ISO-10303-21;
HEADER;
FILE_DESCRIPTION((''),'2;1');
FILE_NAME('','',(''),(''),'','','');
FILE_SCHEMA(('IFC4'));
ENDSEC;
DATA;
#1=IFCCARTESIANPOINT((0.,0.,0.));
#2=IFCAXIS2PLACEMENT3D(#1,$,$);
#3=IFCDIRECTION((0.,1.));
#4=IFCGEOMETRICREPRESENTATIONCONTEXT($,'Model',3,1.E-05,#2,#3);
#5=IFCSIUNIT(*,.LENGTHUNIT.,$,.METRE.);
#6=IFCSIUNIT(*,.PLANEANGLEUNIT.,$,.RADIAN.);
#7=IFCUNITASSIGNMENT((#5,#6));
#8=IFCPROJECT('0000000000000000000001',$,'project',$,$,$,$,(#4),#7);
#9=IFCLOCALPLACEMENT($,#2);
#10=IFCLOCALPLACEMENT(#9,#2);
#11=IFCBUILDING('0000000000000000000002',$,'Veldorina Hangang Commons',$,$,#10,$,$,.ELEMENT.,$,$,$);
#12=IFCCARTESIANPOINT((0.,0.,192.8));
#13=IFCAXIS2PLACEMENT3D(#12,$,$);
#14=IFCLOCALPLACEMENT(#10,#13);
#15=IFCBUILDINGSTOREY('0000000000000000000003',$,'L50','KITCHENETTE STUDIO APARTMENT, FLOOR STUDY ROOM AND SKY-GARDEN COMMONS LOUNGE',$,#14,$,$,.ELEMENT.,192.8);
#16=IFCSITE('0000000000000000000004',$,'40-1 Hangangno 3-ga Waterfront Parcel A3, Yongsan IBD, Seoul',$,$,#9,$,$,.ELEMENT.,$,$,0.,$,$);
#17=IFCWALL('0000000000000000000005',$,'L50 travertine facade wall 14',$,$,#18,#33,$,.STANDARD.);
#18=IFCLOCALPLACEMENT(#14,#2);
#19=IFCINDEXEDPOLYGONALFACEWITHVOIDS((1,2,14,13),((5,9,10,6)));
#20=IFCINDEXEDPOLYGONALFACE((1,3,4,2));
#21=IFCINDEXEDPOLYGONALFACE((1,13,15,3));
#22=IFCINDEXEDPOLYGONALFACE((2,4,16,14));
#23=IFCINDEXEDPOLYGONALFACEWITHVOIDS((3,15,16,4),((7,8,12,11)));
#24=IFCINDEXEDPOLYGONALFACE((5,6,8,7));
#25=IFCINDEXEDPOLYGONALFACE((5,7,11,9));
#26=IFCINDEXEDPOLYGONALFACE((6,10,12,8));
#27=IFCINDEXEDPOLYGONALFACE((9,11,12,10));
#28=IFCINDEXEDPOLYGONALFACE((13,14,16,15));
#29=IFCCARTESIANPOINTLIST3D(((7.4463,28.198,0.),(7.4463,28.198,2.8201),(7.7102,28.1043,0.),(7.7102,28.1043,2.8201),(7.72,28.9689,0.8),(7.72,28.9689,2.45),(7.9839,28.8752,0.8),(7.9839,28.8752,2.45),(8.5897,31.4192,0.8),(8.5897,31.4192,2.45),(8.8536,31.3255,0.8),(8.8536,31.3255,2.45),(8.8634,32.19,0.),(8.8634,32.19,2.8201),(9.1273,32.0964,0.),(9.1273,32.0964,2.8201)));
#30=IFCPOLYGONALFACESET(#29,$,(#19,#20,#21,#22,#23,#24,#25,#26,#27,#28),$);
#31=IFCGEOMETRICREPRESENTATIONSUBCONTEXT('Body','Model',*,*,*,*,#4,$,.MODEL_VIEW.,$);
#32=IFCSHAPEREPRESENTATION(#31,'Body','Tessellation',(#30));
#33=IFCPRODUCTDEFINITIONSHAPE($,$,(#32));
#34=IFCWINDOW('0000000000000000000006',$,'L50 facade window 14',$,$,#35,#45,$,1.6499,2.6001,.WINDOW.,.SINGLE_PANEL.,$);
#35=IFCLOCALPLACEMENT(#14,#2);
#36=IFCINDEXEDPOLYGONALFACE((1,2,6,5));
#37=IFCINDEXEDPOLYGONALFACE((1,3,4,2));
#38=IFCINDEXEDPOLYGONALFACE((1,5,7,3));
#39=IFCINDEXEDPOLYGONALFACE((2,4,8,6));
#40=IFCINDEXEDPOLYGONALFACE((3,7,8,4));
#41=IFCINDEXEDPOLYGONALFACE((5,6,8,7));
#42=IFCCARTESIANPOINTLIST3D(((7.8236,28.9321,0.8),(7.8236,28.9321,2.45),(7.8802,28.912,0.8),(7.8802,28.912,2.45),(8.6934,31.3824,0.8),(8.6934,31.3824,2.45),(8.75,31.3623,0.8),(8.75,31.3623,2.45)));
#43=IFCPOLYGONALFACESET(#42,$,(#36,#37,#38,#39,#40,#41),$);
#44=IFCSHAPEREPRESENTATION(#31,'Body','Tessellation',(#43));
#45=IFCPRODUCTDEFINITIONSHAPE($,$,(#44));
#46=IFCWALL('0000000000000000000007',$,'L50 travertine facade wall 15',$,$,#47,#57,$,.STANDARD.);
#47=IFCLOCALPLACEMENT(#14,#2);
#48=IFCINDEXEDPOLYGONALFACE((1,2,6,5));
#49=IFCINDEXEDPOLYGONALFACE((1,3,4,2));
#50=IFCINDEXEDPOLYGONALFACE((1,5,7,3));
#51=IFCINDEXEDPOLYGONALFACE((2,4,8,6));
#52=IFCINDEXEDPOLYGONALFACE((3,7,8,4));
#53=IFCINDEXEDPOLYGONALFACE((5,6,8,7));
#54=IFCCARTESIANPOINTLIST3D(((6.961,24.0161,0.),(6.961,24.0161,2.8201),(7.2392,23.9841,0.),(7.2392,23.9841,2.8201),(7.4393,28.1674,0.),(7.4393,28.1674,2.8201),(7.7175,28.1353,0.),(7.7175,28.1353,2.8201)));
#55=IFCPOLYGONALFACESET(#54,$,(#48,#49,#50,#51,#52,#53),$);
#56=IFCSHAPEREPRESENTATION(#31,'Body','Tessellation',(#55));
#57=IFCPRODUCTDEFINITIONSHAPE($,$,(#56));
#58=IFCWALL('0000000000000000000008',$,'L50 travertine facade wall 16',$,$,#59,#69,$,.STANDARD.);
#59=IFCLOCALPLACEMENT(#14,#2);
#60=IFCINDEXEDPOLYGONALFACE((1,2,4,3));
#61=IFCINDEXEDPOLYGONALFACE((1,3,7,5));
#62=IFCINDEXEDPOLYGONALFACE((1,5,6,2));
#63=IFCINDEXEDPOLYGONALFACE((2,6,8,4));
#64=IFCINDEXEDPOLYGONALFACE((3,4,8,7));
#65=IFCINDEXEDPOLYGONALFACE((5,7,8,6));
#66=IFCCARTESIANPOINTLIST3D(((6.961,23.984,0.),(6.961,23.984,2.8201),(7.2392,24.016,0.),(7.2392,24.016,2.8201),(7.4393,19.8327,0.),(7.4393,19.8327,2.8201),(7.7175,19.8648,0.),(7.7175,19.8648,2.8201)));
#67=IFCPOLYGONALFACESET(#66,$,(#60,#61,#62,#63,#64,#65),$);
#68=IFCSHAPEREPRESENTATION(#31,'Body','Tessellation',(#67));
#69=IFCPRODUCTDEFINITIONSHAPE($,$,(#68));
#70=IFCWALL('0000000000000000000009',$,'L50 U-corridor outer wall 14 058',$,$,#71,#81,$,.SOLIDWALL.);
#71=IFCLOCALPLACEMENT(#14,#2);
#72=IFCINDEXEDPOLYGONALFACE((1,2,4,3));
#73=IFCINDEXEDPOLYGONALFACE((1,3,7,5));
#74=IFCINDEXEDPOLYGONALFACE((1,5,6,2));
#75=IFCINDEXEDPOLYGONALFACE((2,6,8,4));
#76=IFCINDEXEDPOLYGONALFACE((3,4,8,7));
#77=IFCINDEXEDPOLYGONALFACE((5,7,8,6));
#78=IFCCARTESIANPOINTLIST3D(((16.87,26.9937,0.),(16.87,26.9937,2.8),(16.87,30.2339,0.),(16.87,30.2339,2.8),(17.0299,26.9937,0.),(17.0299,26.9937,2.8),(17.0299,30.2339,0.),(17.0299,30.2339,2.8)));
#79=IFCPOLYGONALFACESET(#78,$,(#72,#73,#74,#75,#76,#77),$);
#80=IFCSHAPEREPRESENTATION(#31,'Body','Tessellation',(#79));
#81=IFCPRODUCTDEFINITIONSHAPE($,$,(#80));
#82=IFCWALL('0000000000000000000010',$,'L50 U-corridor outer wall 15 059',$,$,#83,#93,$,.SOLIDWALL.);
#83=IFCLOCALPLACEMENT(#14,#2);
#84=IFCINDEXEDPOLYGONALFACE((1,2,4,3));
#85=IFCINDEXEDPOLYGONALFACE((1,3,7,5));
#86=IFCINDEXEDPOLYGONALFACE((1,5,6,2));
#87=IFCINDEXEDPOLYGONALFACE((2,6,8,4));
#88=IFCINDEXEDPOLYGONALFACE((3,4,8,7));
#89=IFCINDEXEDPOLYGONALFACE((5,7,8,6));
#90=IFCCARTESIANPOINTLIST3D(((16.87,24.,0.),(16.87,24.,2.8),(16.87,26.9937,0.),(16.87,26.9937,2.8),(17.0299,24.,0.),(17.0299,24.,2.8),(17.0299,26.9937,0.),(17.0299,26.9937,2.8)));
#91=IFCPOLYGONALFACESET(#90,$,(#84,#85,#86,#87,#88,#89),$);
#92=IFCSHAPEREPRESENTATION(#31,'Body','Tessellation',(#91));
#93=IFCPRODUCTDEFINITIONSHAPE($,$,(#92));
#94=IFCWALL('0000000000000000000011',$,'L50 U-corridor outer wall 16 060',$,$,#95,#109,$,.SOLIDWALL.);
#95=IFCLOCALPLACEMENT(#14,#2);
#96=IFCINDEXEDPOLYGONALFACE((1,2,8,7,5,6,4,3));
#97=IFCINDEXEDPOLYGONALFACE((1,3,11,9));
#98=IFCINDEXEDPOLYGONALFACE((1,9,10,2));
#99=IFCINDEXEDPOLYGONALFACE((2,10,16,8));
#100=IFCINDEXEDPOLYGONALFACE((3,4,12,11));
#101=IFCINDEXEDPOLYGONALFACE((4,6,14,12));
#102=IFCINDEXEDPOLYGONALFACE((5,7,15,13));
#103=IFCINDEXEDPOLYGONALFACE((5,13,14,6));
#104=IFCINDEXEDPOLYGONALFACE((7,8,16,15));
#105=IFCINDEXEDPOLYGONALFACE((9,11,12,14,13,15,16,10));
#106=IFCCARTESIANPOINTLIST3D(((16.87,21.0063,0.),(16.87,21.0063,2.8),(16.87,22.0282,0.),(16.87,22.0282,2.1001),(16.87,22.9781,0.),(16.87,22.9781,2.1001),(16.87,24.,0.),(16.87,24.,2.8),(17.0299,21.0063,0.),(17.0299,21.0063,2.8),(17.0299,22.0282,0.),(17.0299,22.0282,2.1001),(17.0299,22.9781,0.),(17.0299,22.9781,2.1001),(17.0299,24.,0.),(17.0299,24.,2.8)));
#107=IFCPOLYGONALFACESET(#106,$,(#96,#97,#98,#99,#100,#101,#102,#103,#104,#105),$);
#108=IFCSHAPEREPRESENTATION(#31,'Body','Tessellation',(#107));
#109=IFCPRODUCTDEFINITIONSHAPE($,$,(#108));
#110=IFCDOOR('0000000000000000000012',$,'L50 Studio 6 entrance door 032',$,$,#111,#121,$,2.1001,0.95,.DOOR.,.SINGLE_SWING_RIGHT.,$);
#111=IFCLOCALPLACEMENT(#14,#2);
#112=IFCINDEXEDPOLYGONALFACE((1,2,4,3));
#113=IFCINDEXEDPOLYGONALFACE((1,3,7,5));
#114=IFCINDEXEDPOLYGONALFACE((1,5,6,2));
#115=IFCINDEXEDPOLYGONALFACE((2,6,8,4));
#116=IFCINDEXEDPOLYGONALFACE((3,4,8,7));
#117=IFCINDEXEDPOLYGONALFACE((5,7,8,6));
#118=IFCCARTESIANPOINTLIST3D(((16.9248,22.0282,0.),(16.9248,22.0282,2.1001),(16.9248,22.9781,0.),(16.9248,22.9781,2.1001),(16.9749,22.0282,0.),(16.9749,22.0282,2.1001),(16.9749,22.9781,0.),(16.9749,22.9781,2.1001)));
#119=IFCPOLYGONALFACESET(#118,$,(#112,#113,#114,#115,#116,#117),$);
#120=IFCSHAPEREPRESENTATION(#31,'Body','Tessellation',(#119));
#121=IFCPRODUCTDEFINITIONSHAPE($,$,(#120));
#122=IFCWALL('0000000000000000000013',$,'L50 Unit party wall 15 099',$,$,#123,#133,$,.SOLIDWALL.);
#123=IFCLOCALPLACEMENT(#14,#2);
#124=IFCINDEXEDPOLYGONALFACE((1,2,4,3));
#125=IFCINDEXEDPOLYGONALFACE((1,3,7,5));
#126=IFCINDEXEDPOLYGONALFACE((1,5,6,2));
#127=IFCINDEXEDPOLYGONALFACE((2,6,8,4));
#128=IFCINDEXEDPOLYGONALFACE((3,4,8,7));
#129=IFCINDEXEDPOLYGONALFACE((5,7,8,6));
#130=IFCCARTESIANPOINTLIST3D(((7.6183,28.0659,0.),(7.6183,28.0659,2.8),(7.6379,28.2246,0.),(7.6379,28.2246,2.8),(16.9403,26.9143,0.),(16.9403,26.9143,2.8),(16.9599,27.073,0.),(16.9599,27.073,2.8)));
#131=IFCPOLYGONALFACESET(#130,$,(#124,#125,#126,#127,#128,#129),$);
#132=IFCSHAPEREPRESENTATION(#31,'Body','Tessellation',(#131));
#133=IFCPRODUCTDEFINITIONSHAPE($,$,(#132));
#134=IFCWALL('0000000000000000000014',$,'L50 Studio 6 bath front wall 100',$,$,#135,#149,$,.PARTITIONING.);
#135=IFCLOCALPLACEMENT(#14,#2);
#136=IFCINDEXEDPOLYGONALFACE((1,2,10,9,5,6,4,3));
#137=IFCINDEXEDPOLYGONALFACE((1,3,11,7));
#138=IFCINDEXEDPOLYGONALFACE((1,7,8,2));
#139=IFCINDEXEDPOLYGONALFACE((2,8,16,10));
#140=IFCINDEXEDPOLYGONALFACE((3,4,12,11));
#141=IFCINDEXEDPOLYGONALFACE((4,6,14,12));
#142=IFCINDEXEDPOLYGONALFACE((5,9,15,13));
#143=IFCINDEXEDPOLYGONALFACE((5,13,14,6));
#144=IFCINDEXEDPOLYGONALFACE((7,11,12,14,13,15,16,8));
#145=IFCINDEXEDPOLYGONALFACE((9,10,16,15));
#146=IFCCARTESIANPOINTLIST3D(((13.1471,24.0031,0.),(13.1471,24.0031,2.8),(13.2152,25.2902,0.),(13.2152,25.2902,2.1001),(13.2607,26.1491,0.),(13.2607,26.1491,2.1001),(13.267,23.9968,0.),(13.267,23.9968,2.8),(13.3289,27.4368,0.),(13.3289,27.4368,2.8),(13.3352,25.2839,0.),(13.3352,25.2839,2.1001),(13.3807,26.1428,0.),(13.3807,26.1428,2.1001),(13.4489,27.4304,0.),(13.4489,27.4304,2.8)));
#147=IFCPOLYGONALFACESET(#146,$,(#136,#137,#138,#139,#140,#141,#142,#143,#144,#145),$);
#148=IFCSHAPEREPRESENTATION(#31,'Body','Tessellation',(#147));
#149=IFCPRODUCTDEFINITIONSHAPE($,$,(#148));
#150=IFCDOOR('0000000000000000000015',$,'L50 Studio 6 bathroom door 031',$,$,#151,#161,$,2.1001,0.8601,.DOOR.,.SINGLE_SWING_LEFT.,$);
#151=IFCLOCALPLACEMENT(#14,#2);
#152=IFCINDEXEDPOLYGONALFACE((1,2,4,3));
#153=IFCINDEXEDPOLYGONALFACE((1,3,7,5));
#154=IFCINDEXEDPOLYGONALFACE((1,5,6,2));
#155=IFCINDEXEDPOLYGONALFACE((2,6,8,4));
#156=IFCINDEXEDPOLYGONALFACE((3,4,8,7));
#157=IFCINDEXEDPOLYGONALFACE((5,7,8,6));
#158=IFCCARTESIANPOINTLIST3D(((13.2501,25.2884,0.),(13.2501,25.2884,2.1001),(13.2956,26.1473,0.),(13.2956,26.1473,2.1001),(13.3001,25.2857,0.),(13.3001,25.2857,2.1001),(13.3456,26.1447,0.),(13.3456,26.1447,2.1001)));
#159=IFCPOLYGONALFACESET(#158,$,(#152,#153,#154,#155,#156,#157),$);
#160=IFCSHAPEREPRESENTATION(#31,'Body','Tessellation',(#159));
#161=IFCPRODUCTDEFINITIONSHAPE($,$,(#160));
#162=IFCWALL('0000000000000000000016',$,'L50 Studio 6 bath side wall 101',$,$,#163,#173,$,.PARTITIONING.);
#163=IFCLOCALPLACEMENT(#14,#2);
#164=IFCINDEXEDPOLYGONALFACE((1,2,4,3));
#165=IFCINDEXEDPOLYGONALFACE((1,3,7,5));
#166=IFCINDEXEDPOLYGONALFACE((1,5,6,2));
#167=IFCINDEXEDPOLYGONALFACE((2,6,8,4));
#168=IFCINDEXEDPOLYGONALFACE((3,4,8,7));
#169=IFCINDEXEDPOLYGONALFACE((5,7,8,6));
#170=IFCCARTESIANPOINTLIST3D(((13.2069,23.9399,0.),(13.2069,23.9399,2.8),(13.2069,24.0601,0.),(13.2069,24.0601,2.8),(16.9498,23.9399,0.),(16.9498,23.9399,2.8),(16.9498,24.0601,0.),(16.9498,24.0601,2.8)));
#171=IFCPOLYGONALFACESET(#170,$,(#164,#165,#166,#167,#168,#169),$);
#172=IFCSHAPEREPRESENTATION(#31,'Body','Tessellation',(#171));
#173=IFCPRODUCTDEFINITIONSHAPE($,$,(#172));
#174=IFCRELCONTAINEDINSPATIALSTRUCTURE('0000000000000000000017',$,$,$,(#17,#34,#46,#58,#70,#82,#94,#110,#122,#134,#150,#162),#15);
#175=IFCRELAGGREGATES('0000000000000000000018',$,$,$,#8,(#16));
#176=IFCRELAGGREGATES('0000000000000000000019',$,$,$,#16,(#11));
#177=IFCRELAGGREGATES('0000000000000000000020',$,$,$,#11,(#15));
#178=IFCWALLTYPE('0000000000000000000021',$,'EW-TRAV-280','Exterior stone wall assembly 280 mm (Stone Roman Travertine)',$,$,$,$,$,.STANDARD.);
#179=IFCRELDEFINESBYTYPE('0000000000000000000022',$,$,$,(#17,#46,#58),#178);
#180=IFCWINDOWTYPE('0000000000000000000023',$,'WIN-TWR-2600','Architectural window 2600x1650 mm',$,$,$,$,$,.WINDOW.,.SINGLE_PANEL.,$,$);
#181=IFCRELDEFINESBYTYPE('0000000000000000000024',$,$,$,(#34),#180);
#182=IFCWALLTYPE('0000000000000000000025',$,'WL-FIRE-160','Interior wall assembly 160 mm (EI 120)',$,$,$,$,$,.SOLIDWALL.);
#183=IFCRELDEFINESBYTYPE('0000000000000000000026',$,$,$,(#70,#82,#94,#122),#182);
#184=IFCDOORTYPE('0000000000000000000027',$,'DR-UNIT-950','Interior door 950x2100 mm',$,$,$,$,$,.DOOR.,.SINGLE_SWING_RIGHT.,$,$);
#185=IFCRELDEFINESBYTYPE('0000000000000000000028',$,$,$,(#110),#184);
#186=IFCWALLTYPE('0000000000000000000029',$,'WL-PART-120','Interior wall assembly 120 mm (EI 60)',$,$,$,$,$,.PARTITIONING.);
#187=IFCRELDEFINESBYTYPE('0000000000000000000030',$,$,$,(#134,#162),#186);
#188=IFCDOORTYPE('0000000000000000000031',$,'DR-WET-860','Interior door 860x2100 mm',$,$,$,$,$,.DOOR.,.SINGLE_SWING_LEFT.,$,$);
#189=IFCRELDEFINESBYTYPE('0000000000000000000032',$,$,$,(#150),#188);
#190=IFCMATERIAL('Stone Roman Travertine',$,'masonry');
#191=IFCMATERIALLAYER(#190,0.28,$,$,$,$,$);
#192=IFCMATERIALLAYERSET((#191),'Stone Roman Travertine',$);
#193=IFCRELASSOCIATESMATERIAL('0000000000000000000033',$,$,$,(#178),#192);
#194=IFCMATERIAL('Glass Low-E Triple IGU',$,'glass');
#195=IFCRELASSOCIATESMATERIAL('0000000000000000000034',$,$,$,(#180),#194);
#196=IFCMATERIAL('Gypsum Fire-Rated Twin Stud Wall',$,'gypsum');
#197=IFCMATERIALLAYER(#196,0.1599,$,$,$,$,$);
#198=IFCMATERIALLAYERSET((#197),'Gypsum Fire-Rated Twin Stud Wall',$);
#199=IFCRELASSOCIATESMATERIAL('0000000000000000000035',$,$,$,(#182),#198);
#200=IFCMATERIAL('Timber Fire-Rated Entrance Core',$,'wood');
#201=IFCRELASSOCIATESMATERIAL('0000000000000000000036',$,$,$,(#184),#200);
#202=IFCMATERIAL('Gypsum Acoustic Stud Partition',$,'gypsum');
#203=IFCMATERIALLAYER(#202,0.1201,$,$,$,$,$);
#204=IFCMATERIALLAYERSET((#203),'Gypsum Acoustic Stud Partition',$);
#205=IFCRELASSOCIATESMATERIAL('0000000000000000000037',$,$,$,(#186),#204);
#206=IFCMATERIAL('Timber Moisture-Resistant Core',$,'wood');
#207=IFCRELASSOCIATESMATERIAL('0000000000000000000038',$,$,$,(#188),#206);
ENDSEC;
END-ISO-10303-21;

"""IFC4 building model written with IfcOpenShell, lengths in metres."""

from ifc_helpers import new_model, si_unit, direction, frame, frame_2d, origin, place, context, subcontext, project, spatial, rectangle, extrude, material, layer, layer_set, type_object, element, fill, save


model = new_model("IFC4")

# Units and contexts
model_context = context("Model", 3, precision=1e-05, world=origin(), true_north=direction((0.0, 1.0)))
body_context = subcontext(model_context, "Body", "Model", "MODEL_VIEW")
ifc_project = project(units=[si_unit("LENGTHUNIT", "METRE"), si_unit("PLANEANGLEUNIT", "RADIAN")], contexts=[model_context])

# Site, building, storey
site_placement = place(None, origin())
site = spatial("IfcSite", under=ifc_project, at=site_placement, Name="40-1 Hangangno 3-ga Waterfront Parcel A3, Yongsan IBD, Seoul", CompositionType="ELEMENT", RefElevation=0.0)
building_placement = place(site_placement, origin())
building = spatial("IfcBuilding", under=site, at=building_placement, Name="Veldorina Hangang Commons", CompositionType="ELEMENT")
storey_placement = place(building_placement, frame((0.0, 0.0, 192.8)))
storey = spatial("IfcBuildingStorey", under=building, at=storey_placement, Name="L50", Description="KITCHENETTE STUDIO APARTMENT, FLOOR STUDY ROOM AND SKY-GARDEN COMMONS LOUNGE", CompositionType="ELEMENT", Elevation=192.8)

# Wall, opening, window
ifc_material_1 = material(Name="Stone Roman Travertine", Category="masonry")
ifc_layer_1 = layer(ifc_material_1, 0.28)
ifc_layer_set_1 = layer_set([ifc_layer_1], Name="Stone Roman Travertine")
wall_type_1 = type_object("IfcWallType", Name="EW-TRAV-280", Description="Exterior stone wall assembly 280 mm (Stone Roman Travertine)", PredefinedType="STANDARD", material=ifc_layer_set_1)
wall_1_placement = place(storey_placement, frame((8.9954, 32.1433, 0.0), z_axis=(0.0, 0.0, 1.0), x_axis=(-0.334514, -0.942391, 0.0)))
wall_1 = element("IfcWall", 1, at=wall_1_placement, inside=storey, type_object=wall_type_1, Name="L50 travertine facade wall 14", PredefinedType="STANDARD", context=body_context, shape_type="SweptSolid", body=[
    extrude(rectangle(XDim=4.2361, YDim=0.28, at=frame_2d((2.1182, 0.0))), origin(), (0.0, 0.0, 1.0), 2.8201),
])
opening_1_placement = place(wall_1_placement, frame((0.8181, 0.0, 0.8)))
opening_1 = element("IfcOpeningElement", 2, at=opening_1_placement, cuts=wall_1, PredefinedType="OPENING", context=body_context, shape_type="SweptSolid", body=[
    extrude(rectangle(XDim=2.6001, YDim=1.6499, at=frame_2d((1.3, 0.825))), frame((0.0, 0.1499, 0.0), z_axis=(0.0, -1.0, 0.0), x_axis=(1.0, 0.0, 0.0)), (0.0, 0.0, 1.0), 0.3),
])
ifc_material_2 = material(Name="Glass Low-E Triple IGU", Category="glass")
window_type = type_object("IfcWindowType", Name="WIN-TWR-2600", Description="Architectural window 2600x1650 mm", PartitioningType="SINGLE_PANEL", PredefinedType="WINDOW", material=ifc_material_2)
window_placement = place(opening_1_placement, origin())
window = element("IfcWindow", 3, at=window_placement, inside=storey, type_object=window_type, Name="L50 facade window 14", OverallHeight=1.6499, OverallWidth=2.6001, PartitioningType="SINGLE_PANEL", PredefinedType="WINDOW", context=body_context, shape_type="SweptSolid", body=[
    extrude(rectangle(XDim=2.6001, YDim=1.6499, at=frame_2d((1.3, 0.825))), frame((0.0, 0.03, 0.0), z_axis=(0.0, -1.0, 0.0), x_axis=(1.0, 0.0, 0.0)), (0.0, 0.0, 1.0), 0.0601),
])
fill(opening_1, window)

# Walls
for number, where, z_axis, x_axis, name in (
    (4, (7.5784, 28.1514, 0.0), (0.0, 0.0, 1.0), (-0.114451, -0.993429, 0.0), "L50 travertine facade wall 15"),
    (5, (7.1001, 24.0, 0.0), (0.0, 0.0, 1.0), (0.114451, -0.993429, 0.0), "L50 travertine facade wall 16"),
):
    element("IfcWall", number, at=place(storey_placement, frame(where, z_axis=z_axis, x_axis=x_axis)), inside=storey, type_object=wall_type_1, Name=name, PredefinedType="STANDARD", context=body_context, shape_type="SweptSolid", body=[
        extrude(rectangle(XDim=4.1787, YDim=0.28, at=frame_2d((2.0894, 0.0))), origin(), (0.0, 0.0, 1.0), 2.8201),
    ])
ifc_material_3 = material(Name="Gypsum Fire-Rated Twin Stud Wall", Category="gypsum")
ifc_layer_2 = layer(ifc_material_3, 0.1599)
ifc_layer_set_2 = layer_set([ifc_layer_2], Name="Gypsum Fire-Rated Twin Stud Wall")
wall_type_2 = type_object("IfcWallType", Name="WL-FIRE-160", Description="Interior wall assembly 160 mm (EI 120)", PredefinedType="SOLIDWALL", material=ifc_layer_set_2)
wall_2_placement = place(storey_placement, frame((16.95, 30.2339, 0.0), z_axis=(0.0, 0.0, 1.0), x_axis=(0.0, -1.0, 0.0)))
element("IfcWall", 6, at=wall_2_placement, inside=storey, type_object=wall_type_2, Name="L50 U-corridor outer wall 14 058", PredefinedType="SOLIDWALL", context=body_context, shape_type="SweptSolid", body=[
    extrude(rectangle(XDim=3.2402, YDim=0.1599, at=frame_2d((1.6201, 0.0))), origin(), (0.0, 0.0, 1.0), 2.8),
])
wall_3_placement = place(storey_placement, frame((16.95, 26.9937, 0.0), z_axis=(0.0, 0.0, 1.0), x_axis=(0.0, -1.0, 0.0)))
element("IfcWall", 7, at=wall_3_placement, inside=storey, type_object=wall_type_2, Name="L50 U-corridor outer wall 15 059", PredefinedType="SOLIDWALL", context=body_context, shape_type="SweptSolid", body=[
    extrude(rectangle(XDim=2.9937, YDim=0.1599, at=frame_2d((1.4968, 0.0))), origin(), (0.0, 0.0, 1.0), 2.8),
])

# Wall, opening, door
wall_4_placement = place(storey_placement, frame((16.95, 24.0, 0.0), z_axis=(0.0, 0.0, 1.0), x_axis=(0.0, -1.0, 0.0)))
wall_4 = element("IfcWall", 8, at=wall_4_placement, inside=storey, type_object=wall_type_2, Name="L50 U-corridor outer wall 16 060", PredefinedType="SOLIDWALL", context=body_context, shape_type="SweptSolid", body=[
    extrude(rectangle(XDim=2.9937, YDim=0.1599, at=frame_2d((1.4968, 0.0))), origin(), (0.0, 0.0, 1.0), 2.8),
])
opening_2_placement = place(wall_4_placement, frame((1.0217, 0.0, 0.0)))
opening_2 = element("IfcOpeningElement", 9, at=opening_2_placement, cuts=wall_4, PredefinedType="OPENING", context=body_context, shape_type="SweptSolid", body=[
    extrude(rectangle(XDim=0.95, YDim=2.1001, at=frame_2d((0.4751, 1.05))), frame((0.0, 0.0898, 0.0), z_axis=(0.0, -1.0, 0.0), x_axis=(1.0, 0.0, 0.0)), (0.0, 0.0, 1.0), 0.1799),
])
ifc_material_4 = material(Name="Timber Fire-Rated Entrance Core", Category="wood")
door_type_1 = type_object("IfcDoorType", Name="DR-UNIT-950", Description="Interior door 950x2100 mm", OperationType="SINGLE_SWING_RIGHT", PredefinedType="DOOR", material=ifc_material_4)
door_1_placement = place(opening_2_placement, origin())
door_1 = element("IfcDoor", 10, at=door_1_placement, inside=storey, type_object=door_type_1, Name="L50 Studio 6 entrance door 032", OperationType="SINGLE_SWING_RIGHT", OverallHeight=2.1001, OverallWidth=0.95, PredefinedType="DOOR", context=body_context, shape_type="SweptSolid", body=[
    extrude(rectangle(XDim=0.95, YDim=2.1001, at=frame_2d((0.4751, 1.05))), frame((0.0, 0.0249, 0.0), z_axis=(0.0, -1.0, 0.0), x_axis=(1.0, 0.0, 0.0)), (0.0, 0.0, 1.0), 0.05),
])
fill(opening_2, door_1)

# Wall
wall_5_placement = place(storey_placement, frame((16.95, 26.9937, 0.0), z_axis=(0.0, 0.0, 1.0), x_axis=(-0.992456, 0.122605, 0.0)))
element("IfcWall", 11, at=wall_5_placement, inside=storey, type_object=wall_type_2, Name="L50 Unit party wall 15 099", PredefinedType="SOLIDWALL", context=body_context, shape_type="SweptSolid", body=[
    extrude(rectangle(XDim=9.3928, YDim=0.1599, at=frame_2d((4.6963, 0.0))), origin(), (0.0, 0.0, 1.0), 2.8),
])

# Wall, opening, door
ifc_material_5 = material(Name="Gypsum Acoustic Stud Partition", Category="gypsum")
ifc_layer_3 = layer(ifc_material_5, 0.1201)
ifc_layer_set_3 = layer_set([ifc_layer_3], Name="Gypsum Acoustic Stud Partition")
wall_type_3 = type_object("IfcWallType", Name="WL-PART-120", Description="Interior wall assembly 120 mm (EI 60)", PredefinedType="PARTITIONING", material=ifc_layer_set_3)
wall_6_placement = place(storey_placement, frame((13.3889, 27.4336, 0.0), z_axis=(0.0, 0.0, 1.0), x_axis=(-0.052898, -0.9986, 0.0)))
wall_6 = element("IfcWall", 12, at=wall_6_placement, inside=storey, type_object=wall_type_3, Name="L50 Studio 6 bath front wall 100", PredefinedType="PARTITIONING", context=body_context, shape_type="SweptSolid", body=[
    extrude(rectangle(XDim=3.4385, YDim=0.1201, at=frame_2d((1.7192, 0.0))), origin(), (0.0, 0.0, 1.0), 2.8),
])
opening_3_placement = place(wall_6_placement, frame((1.2893, 0.0, 0.0)))
opening_3 = element("IfcOpeningElement", 13, at=opening_3_placement, cuts=wall_6, PredefinedType="OPENING", context=body_context, shape_type="SweptSolid", body=[
    extrude(rectangle(XDim=0.8601, YDim=2.1001, at=frame_2d((0.4302, 1.05))), frame((0.0, 0.0701, 0.0), z_axis=(0.0, -1.0, 0.0), x_axis=(1.0, 0.0, 0.0)), (0.0, 0.0, 1.0), 0.1401),
])
ifc_material_6 = material(Name="Timber Moisture-Resistant Core", Category="wood")
door_type_2 = type_object("IfcDoorType", Name="DR-WET-860", Description="Interior door 860x2100 mm", OperationType="SINGLE_SWING_LEFT", PredefinedType="DOOR", material=ifc_material_6)
door_2_placement = place(opening_3_placement, origin())
door_2 = element("IfcDoor", 14, at=door_2_placement, inside=storey, type_object=door_type_2, Name="L50 Studio 6 bathroom door 031", OperationType="SINGLE_SWING_LEFT", OverallHeight=2.1001, OverallWidth=0.8601, PredefinedType="DOOR", context=body_context, shape_type="SweptSolid", body=[
    extrude(rectangle(XDim=0.8601, YDim=2.1001, at=frame_2d((0.4302, 1.05))), frame((0.0, 0.0249, 0.0), z_axis=(0.0, -1.0, 0.0), x_axis=(1.0, 0.0, 0.0)), (0.0, 0.0, 1.0), 0.05),
])
fill(opening_3, door_2)

# Wall
wall_7_placement = place(storey_placement, frame((16.95, 24.0, 0.0), z_axis=(0.0, 0.0, 1.0), x_axis=(-1.0, 0.0, 0.0)))
element("IfcWall", 15, at=wall_7_placement, inside=storey, type_object=wall_type_3, Name="L50 Studio 6 bath side wall 101", PredefinedType="PARTITIONING", context=body_context, shape_type="SweptSolid", body=[
    extrude(rectangle(XDim=3.7429, YDim=0.1201, at=frame_2d((1.8716, 0.0))), origin(), (0.0, 0.0, 1.0), 2.8),
])

save(model, "model.ifc")
